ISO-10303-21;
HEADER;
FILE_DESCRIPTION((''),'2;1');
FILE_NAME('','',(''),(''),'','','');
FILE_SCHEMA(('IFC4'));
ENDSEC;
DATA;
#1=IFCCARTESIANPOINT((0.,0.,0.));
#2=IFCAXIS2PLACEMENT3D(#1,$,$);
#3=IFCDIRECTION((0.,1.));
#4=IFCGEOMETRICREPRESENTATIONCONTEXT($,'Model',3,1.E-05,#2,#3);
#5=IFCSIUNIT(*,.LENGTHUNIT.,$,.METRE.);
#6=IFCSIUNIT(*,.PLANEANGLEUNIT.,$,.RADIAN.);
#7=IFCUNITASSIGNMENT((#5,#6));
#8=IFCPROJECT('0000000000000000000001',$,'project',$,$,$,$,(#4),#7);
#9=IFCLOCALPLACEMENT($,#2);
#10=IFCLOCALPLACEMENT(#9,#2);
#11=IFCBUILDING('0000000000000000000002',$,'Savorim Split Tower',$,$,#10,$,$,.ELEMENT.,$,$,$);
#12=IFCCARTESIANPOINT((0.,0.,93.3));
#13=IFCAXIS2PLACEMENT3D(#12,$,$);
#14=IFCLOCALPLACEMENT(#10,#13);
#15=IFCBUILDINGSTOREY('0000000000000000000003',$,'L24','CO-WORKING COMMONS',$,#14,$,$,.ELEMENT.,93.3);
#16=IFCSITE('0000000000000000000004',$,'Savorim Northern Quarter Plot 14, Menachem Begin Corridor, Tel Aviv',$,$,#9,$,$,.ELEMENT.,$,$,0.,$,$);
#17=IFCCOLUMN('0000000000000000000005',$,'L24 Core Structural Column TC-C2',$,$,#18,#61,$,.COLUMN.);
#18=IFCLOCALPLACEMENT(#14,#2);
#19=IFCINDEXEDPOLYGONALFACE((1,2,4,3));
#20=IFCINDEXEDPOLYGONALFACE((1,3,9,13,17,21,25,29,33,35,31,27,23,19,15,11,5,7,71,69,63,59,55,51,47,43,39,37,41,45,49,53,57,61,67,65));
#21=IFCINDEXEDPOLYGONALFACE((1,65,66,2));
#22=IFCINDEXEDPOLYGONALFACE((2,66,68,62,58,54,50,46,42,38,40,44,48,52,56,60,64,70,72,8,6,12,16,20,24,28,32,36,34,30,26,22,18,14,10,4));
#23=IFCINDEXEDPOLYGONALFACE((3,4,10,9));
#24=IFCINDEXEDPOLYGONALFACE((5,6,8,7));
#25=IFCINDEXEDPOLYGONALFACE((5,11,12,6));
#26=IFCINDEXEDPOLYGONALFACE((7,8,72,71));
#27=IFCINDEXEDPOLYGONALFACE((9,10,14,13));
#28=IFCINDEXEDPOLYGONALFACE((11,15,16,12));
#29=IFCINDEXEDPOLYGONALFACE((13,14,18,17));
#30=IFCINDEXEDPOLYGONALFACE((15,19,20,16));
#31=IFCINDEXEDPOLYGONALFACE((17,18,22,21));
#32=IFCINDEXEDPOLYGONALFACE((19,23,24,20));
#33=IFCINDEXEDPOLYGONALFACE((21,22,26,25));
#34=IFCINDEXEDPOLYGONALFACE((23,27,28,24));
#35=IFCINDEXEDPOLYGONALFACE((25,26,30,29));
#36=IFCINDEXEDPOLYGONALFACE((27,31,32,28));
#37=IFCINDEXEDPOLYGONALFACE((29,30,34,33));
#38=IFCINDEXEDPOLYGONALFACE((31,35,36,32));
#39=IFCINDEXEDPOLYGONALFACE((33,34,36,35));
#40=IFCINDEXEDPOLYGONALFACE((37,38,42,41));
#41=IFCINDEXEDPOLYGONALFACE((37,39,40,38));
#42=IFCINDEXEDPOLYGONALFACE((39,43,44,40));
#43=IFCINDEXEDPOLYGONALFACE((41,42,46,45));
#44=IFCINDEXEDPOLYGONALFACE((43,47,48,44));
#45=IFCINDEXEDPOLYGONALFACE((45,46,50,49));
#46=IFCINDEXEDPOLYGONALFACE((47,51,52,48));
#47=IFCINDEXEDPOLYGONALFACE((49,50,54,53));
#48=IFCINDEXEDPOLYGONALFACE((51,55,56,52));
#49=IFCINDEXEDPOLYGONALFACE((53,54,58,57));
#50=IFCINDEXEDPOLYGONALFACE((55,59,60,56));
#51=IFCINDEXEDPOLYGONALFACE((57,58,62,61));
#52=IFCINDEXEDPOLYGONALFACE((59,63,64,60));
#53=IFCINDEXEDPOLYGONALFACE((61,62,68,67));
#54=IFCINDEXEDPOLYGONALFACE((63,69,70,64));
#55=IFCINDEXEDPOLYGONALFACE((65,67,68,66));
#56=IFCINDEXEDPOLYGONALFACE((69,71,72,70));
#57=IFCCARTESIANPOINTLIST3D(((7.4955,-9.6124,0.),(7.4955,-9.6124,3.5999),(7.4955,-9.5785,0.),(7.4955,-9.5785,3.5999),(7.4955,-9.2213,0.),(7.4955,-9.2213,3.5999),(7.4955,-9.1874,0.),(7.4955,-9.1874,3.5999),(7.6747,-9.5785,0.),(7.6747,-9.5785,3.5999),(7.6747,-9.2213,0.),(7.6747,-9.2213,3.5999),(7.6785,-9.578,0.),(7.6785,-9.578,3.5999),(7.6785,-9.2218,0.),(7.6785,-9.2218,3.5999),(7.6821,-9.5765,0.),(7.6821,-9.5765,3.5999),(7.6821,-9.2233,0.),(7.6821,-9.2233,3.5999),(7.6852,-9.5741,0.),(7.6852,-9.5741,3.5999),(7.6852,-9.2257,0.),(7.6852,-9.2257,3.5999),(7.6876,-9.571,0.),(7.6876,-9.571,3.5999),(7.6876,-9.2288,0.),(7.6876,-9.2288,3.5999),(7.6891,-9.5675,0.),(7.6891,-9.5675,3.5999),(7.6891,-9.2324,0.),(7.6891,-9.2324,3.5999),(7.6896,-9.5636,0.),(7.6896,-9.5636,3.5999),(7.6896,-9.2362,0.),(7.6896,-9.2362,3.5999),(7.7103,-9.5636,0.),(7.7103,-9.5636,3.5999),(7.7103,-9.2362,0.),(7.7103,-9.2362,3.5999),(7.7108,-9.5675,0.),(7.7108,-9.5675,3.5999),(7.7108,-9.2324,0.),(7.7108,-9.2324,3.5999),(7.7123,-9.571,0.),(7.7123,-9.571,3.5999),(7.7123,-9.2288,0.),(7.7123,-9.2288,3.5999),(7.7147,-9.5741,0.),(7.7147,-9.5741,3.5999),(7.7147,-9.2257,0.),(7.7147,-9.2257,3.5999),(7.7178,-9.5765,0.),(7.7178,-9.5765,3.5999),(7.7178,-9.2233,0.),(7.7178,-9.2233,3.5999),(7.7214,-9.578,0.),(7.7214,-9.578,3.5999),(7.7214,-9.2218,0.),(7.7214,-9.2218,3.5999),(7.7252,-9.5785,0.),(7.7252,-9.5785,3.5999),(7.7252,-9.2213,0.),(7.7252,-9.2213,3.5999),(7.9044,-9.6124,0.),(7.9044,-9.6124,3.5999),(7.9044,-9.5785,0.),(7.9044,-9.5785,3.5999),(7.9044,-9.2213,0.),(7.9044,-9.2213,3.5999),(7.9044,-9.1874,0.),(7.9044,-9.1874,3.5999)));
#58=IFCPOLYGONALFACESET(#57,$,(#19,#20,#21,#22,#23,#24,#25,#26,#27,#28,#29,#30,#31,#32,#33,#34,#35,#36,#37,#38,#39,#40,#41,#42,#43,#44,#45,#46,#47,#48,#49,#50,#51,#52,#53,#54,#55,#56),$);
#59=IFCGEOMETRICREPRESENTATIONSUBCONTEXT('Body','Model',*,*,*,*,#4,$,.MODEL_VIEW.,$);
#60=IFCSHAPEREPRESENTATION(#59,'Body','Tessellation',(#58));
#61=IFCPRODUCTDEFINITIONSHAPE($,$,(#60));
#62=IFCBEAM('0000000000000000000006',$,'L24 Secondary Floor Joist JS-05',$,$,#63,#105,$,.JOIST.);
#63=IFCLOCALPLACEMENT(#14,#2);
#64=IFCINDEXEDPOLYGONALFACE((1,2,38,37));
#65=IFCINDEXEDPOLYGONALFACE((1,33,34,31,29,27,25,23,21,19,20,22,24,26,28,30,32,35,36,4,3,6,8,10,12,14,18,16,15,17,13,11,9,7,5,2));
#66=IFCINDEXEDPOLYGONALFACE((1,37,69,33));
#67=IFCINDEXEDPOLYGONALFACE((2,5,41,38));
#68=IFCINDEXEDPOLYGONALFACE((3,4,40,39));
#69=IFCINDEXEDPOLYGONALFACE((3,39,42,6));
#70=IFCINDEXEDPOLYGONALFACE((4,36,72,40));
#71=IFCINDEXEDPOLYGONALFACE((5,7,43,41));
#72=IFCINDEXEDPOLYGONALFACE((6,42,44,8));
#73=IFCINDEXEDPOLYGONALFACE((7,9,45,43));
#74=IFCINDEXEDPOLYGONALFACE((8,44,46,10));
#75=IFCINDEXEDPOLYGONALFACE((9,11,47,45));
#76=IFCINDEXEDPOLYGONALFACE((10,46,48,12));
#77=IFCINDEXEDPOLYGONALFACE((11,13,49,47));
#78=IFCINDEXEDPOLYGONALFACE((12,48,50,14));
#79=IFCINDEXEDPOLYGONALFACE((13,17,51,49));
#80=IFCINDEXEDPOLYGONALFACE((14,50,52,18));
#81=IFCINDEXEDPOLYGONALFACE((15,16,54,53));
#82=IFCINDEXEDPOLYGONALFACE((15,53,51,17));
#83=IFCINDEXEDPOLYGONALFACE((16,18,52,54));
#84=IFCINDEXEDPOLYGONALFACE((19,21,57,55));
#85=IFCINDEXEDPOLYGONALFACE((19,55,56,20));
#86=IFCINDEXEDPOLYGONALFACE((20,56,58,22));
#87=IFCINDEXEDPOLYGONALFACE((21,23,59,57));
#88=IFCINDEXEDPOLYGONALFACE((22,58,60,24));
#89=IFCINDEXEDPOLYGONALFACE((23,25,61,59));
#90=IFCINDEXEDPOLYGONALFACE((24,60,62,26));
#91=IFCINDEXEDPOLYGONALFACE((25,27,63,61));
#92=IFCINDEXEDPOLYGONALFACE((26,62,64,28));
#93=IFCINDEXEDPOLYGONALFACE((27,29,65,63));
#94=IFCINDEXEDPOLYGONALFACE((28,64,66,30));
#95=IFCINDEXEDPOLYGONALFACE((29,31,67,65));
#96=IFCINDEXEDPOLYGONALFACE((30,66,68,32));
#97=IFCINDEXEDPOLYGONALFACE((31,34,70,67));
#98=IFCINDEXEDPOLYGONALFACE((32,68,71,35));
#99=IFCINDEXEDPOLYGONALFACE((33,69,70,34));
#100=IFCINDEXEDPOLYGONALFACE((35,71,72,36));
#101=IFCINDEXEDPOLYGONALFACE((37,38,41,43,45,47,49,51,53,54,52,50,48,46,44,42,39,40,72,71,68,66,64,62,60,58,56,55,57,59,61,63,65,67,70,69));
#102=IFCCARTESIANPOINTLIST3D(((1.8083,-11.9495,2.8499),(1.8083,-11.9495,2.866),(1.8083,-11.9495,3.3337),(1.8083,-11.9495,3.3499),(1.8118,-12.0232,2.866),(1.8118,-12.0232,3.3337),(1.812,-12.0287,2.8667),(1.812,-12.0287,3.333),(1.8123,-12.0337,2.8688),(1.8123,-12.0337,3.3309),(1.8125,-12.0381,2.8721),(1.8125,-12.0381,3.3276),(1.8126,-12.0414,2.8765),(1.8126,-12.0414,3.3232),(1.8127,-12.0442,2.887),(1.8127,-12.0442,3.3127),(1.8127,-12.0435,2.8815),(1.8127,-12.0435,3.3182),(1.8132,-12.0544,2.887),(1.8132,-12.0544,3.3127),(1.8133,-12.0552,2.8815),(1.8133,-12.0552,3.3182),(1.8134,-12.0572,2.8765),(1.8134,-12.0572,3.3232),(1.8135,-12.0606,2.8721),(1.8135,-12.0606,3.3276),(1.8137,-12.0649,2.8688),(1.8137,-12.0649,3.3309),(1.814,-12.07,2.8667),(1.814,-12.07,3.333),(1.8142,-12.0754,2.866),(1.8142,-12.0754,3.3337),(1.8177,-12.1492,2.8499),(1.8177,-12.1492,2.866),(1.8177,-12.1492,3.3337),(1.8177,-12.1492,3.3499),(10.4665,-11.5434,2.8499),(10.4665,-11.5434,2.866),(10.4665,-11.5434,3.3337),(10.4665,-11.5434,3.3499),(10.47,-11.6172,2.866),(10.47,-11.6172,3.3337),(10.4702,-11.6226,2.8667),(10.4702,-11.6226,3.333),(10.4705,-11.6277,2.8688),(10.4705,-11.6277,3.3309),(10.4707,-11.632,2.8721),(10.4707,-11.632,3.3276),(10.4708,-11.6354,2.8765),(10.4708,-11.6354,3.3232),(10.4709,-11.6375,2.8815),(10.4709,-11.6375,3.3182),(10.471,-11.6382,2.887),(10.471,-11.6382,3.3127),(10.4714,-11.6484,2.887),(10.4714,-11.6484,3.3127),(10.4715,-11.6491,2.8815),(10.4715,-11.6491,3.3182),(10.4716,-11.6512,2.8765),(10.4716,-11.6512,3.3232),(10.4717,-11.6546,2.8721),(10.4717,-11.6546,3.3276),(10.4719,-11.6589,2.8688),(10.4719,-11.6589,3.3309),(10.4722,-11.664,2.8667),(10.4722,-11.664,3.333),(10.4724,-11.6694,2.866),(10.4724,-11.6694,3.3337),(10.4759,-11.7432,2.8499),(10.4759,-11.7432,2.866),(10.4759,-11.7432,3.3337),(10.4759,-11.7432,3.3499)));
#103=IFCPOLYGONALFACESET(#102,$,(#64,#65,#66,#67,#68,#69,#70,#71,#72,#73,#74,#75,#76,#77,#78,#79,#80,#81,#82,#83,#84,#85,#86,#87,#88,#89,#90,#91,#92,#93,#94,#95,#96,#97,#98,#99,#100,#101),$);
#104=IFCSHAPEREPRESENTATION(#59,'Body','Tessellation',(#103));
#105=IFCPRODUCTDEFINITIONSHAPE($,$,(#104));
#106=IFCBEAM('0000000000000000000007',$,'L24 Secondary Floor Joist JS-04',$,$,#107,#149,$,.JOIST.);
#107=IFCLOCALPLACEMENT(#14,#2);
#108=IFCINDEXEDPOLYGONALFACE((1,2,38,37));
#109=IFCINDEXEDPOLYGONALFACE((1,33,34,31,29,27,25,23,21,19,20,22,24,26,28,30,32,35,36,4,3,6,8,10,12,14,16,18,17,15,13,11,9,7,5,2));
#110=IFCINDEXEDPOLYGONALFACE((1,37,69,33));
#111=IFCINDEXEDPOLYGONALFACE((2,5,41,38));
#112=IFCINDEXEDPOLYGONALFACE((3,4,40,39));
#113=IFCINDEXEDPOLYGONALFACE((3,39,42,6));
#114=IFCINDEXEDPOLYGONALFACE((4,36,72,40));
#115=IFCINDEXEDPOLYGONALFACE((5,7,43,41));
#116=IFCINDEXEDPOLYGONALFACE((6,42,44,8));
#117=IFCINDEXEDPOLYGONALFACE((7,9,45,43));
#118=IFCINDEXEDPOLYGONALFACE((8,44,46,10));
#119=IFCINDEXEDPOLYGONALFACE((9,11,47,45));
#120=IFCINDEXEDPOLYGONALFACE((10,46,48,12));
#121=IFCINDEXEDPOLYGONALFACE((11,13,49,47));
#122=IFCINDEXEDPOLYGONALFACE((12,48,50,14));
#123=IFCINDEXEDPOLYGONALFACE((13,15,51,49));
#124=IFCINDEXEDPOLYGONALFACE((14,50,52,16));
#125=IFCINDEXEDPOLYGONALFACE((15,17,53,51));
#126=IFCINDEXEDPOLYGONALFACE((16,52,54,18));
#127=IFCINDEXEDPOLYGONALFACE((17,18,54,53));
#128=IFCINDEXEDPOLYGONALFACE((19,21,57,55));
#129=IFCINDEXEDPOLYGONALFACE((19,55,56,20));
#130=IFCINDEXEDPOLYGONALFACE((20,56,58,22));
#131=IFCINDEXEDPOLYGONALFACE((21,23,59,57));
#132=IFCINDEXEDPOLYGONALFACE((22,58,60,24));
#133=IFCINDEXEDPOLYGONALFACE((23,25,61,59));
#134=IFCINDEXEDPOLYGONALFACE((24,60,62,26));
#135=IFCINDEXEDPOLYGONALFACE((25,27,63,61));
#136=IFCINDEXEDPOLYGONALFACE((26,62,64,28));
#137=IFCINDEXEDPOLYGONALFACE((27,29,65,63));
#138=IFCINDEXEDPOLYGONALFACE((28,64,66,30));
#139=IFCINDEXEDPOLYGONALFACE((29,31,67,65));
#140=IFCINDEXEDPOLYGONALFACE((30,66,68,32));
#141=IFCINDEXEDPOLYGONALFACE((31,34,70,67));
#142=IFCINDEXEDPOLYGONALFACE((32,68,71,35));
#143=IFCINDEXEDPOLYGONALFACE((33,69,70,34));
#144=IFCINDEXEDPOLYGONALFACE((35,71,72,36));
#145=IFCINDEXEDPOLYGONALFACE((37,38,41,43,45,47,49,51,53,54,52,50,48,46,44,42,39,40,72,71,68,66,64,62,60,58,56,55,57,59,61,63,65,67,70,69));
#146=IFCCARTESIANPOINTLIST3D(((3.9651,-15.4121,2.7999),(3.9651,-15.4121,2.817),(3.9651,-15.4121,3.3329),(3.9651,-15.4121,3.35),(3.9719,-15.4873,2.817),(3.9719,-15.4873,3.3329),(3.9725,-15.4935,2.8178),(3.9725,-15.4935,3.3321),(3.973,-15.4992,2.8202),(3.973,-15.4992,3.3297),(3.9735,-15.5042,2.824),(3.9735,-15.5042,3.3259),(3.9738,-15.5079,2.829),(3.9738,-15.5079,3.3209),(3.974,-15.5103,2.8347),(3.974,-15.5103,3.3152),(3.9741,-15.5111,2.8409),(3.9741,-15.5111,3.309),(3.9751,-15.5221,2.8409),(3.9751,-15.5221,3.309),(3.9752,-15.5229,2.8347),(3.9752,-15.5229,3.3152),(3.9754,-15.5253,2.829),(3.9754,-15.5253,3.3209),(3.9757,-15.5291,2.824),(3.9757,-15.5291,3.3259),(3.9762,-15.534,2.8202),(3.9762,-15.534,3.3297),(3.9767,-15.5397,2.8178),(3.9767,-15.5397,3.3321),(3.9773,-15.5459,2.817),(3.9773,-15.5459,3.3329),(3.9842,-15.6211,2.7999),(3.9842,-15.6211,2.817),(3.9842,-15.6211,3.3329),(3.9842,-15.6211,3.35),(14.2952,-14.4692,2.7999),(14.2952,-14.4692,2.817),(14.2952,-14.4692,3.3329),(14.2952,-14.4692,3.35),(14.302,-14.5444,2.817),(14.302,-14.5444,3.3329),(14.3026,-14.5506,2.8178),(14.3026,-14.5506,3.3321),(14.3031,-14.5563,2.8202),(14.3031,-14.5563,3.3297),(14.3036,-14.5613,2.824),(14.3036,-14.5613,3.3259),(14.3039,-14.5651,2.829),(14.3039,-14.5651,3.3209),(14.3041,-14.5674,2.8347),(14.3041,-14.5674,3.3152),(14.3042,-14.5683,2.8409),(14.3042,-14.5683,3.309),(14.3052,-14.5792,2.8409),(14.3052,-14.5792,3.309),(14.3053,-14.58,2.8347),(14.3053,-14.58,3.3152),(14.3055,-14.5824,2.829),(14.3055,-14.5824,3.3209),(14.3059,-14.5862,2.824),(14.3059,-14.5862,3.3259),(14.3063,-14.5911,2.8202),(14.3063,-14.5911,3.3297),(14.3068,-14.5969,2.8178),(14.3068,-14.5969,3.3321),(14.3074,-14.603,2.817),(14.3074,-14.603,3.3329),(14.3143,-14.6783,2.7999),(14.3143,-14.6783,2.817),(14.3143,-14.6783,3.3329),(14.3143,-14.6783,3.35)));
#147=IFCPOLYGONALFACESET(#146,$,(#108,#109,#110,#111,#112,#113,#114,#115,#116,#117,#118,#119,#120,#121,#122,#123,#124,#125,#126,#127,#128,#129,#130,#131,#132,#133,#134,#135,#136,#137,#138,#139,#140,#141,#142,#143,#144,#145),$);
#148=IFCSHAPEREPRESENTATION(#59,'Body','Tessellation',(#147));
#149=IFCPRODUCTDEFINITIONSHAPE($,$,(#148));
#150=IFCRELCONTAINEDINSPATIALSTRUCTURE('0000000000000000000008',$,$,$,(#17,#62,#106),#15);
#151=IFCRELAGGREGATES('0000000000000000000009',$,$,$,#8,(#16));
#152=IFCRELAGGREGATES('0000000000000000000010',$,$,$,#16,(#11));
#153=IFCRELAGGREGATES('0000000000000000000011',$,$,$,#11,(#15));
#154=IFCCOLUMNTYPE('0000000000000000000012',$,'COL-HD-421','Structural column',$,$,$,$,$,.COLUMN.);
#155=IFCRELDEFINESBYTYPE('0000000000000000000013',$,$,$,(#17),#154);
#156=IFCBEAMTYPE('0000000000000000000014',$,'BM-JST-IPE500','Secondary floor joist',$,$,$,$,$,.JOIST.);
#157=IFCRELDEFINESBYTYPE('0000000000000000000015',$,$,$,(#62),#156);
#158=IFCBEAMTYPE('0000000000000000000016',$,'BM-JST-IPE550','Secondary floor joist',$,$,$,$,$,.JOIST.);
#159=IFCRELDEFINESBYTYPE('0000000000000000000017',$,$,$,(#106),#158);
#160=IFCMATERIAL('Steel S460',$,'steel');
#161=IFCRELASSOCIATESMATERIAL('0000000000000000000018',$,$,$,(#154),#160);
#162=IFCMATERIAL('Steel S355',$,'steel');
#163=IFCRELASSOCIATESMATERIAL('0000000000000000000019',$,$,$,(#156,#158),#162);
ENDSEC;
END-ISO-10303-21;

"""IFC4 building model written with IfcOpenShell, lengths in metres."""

from ifc_helpers import new_model, si_unit, direction, frame, origin, origin_2d, place, context, subcontext, project, spatial, i_section, extrude, material, material_profile, profile_set, type_object, element, save


model = new_model("IFC4")

# Units and contexts
model_context = context("Model", 3, precision=1e-05, world=origin(), true_north=direction((0.0, 1.0)))
body_context = subcontext(model_context, "Body", "Model", "MODEL_VIEW")
ifc_project = project(units=[si_unit("LENGTHUNIT", "METRE"), si_unit("PLANEANGLEUNIT", "RADIAN")], contexts=[model_context])

# Site, building, storey
site_placement = place(None, origin())
site = spatial("IfcSite", under=ifc_project, at=site_placement, Name="Savorim Northern Quarter Plot 14, Menachem Begin Corridor, Tel Aviv", CompositionType="ELEMENT", RefElevation=0.0)
building_placement = place(site_placement, origin())
building = spatial("IfcBuilding", under=site, at=building_placement, Name="Savorim Split Tower", CompositionType="ELEMENT")
storey_placement = place(building_placement, frame((0.0, 0.0, 93.3)))
storey = spatial("IfcBuildingStorey", under=building, at=storey_placement, Name="L24", Description="CO-WORKING COMMONS", CompositionType="ELEMENT", Elevation=93.3)

# Column
ifc_material_1 = material(Name="Steel S460", Category="steel")
ifc_material_profile_1 = material_profile(ifc_material_1, i_section(OverallWidth=0.4089, OverallDepth=0.425, WebThickness=0.0208, FlangeThickness=0.0339, FilletRadius=0.0149, at=origin_2d()), Name="HD 400x421")
ifc_profile_set_1 = profile_set([ifc_material_profile_1], Name="Steel S460")
column_type = type_object("IfcColumnType", Name="COL-HD-421", Description="Structural column", PredefinedType="COLUMN", material=ifc_profile_set_1)
column_placement = place(storey_placement, frame((7.7, -9.3999, 0.0), z_axis=(0.0, 0.0, 1.0), x_axis=(1.0, 0.0, 0.0)))
element("IfcColumn", 1, at=column_placement, inside=storey, type_object=column_type, Name="L24 Core Structural Column TC-C2", PredefinedType="COLUMN", context=body_context, shape_type="SweptSolid", body=[
    extrude(i_section(OverallWidth=0.4089, OverallDepth=0.425, WebThickness=0.0208, FlangeThickness=0.0339, FilletRadius=0.0149, at=origin_2d()), origin(), (0.0, 0.0, 1.0), 3.5999),
])

# Beams
ifc_material_2 = material(Name="Steel S355", Category="steel")
ifc_material_profile_2 = material_profile(ifc_material_2, i_section(OverallWidth=0.2, OverallDepth=0.5, WebThickness=0.0103, FlangeThickness=0.0161, FilletRadius=0.021, at=origin_2d()), Name="IPE 500")
ifc_profile_set_2 = profile_set([ifc_material_profile_2], Name="Steel S355")
beam_type_1 = type_object("IfcBeamType", Name="BM-JST-IPE500", Description="Secondary floor joist", PredefinedType="JOIST", material=ifc_profile_set_2)
beam_1_placement = place(storey_placement, frame((1.813, -12.0493, 3.0999), z_axis=(0.998902, 0.046841, 0.0), x_axis=(-0.046841, 0.998902, 0.0)))
element("IfcBeam", 2, at=beam_1_placement, inside=storey, type_object=beam_type_1, Name="L24 Secondary Floor Joist JS-05", PredefinedType="JOIST", context=body_context, shape_type="SweptSolid", body=[
    extrude(i_section(OverallWidth=0.2, OverallDepth=0.5, WebThickness=0.0103, FlangeThickness=0.0161, FilletRadius=0.021, at=origin_2d()), origin(), (0.0, 0.0, 1.0), 8.6677),
])
ifc_material_profile_3 = material_profile(ifc_material_2, i_section(OverallWidth=0.21, OverallDepth=0.55, WebThickness=0.011, FlangeThickness=0.0171, FilletRadius=0.0239, at=origin_2d()), Name="IPE 550")
ifc_profile_set_3 = profile_set([ifc_material_profile_3], Name="Steel S355")
beam_type_2 = type_object("IfcBeamType", Name="BM-JST-IPE550", Description="Secondary floor joist", PredefinedType="JOIST", material=ifc_profile_set_3)
beam_2_placement = place(storey_placement, frame((3.9746, -15.5166, 3.075), z_axis=(0.99586, 0.090896, 0.0), x_axis=(-0.090896, 0.99586, 0.0)))
element("IfcBeam", 3, at=beam_2_placement, inside=storey, type_object=beam_type_2, Name="L24 Secondary Floor Joist JS-04", PredefinedType="JOIST", context=body_context, shape_type="SweptSolid", body=[
    extrude(i_section(OverallWidth=0.21, OverallDepth=0.55, WebThickness=0.011, FlangeThickness=0.0171, FilletRadius=0.0239, at=origin_2d()), origin(), (0.0, 0.0, 1.0), 10.373),
])

save(model, "model.ifc")
